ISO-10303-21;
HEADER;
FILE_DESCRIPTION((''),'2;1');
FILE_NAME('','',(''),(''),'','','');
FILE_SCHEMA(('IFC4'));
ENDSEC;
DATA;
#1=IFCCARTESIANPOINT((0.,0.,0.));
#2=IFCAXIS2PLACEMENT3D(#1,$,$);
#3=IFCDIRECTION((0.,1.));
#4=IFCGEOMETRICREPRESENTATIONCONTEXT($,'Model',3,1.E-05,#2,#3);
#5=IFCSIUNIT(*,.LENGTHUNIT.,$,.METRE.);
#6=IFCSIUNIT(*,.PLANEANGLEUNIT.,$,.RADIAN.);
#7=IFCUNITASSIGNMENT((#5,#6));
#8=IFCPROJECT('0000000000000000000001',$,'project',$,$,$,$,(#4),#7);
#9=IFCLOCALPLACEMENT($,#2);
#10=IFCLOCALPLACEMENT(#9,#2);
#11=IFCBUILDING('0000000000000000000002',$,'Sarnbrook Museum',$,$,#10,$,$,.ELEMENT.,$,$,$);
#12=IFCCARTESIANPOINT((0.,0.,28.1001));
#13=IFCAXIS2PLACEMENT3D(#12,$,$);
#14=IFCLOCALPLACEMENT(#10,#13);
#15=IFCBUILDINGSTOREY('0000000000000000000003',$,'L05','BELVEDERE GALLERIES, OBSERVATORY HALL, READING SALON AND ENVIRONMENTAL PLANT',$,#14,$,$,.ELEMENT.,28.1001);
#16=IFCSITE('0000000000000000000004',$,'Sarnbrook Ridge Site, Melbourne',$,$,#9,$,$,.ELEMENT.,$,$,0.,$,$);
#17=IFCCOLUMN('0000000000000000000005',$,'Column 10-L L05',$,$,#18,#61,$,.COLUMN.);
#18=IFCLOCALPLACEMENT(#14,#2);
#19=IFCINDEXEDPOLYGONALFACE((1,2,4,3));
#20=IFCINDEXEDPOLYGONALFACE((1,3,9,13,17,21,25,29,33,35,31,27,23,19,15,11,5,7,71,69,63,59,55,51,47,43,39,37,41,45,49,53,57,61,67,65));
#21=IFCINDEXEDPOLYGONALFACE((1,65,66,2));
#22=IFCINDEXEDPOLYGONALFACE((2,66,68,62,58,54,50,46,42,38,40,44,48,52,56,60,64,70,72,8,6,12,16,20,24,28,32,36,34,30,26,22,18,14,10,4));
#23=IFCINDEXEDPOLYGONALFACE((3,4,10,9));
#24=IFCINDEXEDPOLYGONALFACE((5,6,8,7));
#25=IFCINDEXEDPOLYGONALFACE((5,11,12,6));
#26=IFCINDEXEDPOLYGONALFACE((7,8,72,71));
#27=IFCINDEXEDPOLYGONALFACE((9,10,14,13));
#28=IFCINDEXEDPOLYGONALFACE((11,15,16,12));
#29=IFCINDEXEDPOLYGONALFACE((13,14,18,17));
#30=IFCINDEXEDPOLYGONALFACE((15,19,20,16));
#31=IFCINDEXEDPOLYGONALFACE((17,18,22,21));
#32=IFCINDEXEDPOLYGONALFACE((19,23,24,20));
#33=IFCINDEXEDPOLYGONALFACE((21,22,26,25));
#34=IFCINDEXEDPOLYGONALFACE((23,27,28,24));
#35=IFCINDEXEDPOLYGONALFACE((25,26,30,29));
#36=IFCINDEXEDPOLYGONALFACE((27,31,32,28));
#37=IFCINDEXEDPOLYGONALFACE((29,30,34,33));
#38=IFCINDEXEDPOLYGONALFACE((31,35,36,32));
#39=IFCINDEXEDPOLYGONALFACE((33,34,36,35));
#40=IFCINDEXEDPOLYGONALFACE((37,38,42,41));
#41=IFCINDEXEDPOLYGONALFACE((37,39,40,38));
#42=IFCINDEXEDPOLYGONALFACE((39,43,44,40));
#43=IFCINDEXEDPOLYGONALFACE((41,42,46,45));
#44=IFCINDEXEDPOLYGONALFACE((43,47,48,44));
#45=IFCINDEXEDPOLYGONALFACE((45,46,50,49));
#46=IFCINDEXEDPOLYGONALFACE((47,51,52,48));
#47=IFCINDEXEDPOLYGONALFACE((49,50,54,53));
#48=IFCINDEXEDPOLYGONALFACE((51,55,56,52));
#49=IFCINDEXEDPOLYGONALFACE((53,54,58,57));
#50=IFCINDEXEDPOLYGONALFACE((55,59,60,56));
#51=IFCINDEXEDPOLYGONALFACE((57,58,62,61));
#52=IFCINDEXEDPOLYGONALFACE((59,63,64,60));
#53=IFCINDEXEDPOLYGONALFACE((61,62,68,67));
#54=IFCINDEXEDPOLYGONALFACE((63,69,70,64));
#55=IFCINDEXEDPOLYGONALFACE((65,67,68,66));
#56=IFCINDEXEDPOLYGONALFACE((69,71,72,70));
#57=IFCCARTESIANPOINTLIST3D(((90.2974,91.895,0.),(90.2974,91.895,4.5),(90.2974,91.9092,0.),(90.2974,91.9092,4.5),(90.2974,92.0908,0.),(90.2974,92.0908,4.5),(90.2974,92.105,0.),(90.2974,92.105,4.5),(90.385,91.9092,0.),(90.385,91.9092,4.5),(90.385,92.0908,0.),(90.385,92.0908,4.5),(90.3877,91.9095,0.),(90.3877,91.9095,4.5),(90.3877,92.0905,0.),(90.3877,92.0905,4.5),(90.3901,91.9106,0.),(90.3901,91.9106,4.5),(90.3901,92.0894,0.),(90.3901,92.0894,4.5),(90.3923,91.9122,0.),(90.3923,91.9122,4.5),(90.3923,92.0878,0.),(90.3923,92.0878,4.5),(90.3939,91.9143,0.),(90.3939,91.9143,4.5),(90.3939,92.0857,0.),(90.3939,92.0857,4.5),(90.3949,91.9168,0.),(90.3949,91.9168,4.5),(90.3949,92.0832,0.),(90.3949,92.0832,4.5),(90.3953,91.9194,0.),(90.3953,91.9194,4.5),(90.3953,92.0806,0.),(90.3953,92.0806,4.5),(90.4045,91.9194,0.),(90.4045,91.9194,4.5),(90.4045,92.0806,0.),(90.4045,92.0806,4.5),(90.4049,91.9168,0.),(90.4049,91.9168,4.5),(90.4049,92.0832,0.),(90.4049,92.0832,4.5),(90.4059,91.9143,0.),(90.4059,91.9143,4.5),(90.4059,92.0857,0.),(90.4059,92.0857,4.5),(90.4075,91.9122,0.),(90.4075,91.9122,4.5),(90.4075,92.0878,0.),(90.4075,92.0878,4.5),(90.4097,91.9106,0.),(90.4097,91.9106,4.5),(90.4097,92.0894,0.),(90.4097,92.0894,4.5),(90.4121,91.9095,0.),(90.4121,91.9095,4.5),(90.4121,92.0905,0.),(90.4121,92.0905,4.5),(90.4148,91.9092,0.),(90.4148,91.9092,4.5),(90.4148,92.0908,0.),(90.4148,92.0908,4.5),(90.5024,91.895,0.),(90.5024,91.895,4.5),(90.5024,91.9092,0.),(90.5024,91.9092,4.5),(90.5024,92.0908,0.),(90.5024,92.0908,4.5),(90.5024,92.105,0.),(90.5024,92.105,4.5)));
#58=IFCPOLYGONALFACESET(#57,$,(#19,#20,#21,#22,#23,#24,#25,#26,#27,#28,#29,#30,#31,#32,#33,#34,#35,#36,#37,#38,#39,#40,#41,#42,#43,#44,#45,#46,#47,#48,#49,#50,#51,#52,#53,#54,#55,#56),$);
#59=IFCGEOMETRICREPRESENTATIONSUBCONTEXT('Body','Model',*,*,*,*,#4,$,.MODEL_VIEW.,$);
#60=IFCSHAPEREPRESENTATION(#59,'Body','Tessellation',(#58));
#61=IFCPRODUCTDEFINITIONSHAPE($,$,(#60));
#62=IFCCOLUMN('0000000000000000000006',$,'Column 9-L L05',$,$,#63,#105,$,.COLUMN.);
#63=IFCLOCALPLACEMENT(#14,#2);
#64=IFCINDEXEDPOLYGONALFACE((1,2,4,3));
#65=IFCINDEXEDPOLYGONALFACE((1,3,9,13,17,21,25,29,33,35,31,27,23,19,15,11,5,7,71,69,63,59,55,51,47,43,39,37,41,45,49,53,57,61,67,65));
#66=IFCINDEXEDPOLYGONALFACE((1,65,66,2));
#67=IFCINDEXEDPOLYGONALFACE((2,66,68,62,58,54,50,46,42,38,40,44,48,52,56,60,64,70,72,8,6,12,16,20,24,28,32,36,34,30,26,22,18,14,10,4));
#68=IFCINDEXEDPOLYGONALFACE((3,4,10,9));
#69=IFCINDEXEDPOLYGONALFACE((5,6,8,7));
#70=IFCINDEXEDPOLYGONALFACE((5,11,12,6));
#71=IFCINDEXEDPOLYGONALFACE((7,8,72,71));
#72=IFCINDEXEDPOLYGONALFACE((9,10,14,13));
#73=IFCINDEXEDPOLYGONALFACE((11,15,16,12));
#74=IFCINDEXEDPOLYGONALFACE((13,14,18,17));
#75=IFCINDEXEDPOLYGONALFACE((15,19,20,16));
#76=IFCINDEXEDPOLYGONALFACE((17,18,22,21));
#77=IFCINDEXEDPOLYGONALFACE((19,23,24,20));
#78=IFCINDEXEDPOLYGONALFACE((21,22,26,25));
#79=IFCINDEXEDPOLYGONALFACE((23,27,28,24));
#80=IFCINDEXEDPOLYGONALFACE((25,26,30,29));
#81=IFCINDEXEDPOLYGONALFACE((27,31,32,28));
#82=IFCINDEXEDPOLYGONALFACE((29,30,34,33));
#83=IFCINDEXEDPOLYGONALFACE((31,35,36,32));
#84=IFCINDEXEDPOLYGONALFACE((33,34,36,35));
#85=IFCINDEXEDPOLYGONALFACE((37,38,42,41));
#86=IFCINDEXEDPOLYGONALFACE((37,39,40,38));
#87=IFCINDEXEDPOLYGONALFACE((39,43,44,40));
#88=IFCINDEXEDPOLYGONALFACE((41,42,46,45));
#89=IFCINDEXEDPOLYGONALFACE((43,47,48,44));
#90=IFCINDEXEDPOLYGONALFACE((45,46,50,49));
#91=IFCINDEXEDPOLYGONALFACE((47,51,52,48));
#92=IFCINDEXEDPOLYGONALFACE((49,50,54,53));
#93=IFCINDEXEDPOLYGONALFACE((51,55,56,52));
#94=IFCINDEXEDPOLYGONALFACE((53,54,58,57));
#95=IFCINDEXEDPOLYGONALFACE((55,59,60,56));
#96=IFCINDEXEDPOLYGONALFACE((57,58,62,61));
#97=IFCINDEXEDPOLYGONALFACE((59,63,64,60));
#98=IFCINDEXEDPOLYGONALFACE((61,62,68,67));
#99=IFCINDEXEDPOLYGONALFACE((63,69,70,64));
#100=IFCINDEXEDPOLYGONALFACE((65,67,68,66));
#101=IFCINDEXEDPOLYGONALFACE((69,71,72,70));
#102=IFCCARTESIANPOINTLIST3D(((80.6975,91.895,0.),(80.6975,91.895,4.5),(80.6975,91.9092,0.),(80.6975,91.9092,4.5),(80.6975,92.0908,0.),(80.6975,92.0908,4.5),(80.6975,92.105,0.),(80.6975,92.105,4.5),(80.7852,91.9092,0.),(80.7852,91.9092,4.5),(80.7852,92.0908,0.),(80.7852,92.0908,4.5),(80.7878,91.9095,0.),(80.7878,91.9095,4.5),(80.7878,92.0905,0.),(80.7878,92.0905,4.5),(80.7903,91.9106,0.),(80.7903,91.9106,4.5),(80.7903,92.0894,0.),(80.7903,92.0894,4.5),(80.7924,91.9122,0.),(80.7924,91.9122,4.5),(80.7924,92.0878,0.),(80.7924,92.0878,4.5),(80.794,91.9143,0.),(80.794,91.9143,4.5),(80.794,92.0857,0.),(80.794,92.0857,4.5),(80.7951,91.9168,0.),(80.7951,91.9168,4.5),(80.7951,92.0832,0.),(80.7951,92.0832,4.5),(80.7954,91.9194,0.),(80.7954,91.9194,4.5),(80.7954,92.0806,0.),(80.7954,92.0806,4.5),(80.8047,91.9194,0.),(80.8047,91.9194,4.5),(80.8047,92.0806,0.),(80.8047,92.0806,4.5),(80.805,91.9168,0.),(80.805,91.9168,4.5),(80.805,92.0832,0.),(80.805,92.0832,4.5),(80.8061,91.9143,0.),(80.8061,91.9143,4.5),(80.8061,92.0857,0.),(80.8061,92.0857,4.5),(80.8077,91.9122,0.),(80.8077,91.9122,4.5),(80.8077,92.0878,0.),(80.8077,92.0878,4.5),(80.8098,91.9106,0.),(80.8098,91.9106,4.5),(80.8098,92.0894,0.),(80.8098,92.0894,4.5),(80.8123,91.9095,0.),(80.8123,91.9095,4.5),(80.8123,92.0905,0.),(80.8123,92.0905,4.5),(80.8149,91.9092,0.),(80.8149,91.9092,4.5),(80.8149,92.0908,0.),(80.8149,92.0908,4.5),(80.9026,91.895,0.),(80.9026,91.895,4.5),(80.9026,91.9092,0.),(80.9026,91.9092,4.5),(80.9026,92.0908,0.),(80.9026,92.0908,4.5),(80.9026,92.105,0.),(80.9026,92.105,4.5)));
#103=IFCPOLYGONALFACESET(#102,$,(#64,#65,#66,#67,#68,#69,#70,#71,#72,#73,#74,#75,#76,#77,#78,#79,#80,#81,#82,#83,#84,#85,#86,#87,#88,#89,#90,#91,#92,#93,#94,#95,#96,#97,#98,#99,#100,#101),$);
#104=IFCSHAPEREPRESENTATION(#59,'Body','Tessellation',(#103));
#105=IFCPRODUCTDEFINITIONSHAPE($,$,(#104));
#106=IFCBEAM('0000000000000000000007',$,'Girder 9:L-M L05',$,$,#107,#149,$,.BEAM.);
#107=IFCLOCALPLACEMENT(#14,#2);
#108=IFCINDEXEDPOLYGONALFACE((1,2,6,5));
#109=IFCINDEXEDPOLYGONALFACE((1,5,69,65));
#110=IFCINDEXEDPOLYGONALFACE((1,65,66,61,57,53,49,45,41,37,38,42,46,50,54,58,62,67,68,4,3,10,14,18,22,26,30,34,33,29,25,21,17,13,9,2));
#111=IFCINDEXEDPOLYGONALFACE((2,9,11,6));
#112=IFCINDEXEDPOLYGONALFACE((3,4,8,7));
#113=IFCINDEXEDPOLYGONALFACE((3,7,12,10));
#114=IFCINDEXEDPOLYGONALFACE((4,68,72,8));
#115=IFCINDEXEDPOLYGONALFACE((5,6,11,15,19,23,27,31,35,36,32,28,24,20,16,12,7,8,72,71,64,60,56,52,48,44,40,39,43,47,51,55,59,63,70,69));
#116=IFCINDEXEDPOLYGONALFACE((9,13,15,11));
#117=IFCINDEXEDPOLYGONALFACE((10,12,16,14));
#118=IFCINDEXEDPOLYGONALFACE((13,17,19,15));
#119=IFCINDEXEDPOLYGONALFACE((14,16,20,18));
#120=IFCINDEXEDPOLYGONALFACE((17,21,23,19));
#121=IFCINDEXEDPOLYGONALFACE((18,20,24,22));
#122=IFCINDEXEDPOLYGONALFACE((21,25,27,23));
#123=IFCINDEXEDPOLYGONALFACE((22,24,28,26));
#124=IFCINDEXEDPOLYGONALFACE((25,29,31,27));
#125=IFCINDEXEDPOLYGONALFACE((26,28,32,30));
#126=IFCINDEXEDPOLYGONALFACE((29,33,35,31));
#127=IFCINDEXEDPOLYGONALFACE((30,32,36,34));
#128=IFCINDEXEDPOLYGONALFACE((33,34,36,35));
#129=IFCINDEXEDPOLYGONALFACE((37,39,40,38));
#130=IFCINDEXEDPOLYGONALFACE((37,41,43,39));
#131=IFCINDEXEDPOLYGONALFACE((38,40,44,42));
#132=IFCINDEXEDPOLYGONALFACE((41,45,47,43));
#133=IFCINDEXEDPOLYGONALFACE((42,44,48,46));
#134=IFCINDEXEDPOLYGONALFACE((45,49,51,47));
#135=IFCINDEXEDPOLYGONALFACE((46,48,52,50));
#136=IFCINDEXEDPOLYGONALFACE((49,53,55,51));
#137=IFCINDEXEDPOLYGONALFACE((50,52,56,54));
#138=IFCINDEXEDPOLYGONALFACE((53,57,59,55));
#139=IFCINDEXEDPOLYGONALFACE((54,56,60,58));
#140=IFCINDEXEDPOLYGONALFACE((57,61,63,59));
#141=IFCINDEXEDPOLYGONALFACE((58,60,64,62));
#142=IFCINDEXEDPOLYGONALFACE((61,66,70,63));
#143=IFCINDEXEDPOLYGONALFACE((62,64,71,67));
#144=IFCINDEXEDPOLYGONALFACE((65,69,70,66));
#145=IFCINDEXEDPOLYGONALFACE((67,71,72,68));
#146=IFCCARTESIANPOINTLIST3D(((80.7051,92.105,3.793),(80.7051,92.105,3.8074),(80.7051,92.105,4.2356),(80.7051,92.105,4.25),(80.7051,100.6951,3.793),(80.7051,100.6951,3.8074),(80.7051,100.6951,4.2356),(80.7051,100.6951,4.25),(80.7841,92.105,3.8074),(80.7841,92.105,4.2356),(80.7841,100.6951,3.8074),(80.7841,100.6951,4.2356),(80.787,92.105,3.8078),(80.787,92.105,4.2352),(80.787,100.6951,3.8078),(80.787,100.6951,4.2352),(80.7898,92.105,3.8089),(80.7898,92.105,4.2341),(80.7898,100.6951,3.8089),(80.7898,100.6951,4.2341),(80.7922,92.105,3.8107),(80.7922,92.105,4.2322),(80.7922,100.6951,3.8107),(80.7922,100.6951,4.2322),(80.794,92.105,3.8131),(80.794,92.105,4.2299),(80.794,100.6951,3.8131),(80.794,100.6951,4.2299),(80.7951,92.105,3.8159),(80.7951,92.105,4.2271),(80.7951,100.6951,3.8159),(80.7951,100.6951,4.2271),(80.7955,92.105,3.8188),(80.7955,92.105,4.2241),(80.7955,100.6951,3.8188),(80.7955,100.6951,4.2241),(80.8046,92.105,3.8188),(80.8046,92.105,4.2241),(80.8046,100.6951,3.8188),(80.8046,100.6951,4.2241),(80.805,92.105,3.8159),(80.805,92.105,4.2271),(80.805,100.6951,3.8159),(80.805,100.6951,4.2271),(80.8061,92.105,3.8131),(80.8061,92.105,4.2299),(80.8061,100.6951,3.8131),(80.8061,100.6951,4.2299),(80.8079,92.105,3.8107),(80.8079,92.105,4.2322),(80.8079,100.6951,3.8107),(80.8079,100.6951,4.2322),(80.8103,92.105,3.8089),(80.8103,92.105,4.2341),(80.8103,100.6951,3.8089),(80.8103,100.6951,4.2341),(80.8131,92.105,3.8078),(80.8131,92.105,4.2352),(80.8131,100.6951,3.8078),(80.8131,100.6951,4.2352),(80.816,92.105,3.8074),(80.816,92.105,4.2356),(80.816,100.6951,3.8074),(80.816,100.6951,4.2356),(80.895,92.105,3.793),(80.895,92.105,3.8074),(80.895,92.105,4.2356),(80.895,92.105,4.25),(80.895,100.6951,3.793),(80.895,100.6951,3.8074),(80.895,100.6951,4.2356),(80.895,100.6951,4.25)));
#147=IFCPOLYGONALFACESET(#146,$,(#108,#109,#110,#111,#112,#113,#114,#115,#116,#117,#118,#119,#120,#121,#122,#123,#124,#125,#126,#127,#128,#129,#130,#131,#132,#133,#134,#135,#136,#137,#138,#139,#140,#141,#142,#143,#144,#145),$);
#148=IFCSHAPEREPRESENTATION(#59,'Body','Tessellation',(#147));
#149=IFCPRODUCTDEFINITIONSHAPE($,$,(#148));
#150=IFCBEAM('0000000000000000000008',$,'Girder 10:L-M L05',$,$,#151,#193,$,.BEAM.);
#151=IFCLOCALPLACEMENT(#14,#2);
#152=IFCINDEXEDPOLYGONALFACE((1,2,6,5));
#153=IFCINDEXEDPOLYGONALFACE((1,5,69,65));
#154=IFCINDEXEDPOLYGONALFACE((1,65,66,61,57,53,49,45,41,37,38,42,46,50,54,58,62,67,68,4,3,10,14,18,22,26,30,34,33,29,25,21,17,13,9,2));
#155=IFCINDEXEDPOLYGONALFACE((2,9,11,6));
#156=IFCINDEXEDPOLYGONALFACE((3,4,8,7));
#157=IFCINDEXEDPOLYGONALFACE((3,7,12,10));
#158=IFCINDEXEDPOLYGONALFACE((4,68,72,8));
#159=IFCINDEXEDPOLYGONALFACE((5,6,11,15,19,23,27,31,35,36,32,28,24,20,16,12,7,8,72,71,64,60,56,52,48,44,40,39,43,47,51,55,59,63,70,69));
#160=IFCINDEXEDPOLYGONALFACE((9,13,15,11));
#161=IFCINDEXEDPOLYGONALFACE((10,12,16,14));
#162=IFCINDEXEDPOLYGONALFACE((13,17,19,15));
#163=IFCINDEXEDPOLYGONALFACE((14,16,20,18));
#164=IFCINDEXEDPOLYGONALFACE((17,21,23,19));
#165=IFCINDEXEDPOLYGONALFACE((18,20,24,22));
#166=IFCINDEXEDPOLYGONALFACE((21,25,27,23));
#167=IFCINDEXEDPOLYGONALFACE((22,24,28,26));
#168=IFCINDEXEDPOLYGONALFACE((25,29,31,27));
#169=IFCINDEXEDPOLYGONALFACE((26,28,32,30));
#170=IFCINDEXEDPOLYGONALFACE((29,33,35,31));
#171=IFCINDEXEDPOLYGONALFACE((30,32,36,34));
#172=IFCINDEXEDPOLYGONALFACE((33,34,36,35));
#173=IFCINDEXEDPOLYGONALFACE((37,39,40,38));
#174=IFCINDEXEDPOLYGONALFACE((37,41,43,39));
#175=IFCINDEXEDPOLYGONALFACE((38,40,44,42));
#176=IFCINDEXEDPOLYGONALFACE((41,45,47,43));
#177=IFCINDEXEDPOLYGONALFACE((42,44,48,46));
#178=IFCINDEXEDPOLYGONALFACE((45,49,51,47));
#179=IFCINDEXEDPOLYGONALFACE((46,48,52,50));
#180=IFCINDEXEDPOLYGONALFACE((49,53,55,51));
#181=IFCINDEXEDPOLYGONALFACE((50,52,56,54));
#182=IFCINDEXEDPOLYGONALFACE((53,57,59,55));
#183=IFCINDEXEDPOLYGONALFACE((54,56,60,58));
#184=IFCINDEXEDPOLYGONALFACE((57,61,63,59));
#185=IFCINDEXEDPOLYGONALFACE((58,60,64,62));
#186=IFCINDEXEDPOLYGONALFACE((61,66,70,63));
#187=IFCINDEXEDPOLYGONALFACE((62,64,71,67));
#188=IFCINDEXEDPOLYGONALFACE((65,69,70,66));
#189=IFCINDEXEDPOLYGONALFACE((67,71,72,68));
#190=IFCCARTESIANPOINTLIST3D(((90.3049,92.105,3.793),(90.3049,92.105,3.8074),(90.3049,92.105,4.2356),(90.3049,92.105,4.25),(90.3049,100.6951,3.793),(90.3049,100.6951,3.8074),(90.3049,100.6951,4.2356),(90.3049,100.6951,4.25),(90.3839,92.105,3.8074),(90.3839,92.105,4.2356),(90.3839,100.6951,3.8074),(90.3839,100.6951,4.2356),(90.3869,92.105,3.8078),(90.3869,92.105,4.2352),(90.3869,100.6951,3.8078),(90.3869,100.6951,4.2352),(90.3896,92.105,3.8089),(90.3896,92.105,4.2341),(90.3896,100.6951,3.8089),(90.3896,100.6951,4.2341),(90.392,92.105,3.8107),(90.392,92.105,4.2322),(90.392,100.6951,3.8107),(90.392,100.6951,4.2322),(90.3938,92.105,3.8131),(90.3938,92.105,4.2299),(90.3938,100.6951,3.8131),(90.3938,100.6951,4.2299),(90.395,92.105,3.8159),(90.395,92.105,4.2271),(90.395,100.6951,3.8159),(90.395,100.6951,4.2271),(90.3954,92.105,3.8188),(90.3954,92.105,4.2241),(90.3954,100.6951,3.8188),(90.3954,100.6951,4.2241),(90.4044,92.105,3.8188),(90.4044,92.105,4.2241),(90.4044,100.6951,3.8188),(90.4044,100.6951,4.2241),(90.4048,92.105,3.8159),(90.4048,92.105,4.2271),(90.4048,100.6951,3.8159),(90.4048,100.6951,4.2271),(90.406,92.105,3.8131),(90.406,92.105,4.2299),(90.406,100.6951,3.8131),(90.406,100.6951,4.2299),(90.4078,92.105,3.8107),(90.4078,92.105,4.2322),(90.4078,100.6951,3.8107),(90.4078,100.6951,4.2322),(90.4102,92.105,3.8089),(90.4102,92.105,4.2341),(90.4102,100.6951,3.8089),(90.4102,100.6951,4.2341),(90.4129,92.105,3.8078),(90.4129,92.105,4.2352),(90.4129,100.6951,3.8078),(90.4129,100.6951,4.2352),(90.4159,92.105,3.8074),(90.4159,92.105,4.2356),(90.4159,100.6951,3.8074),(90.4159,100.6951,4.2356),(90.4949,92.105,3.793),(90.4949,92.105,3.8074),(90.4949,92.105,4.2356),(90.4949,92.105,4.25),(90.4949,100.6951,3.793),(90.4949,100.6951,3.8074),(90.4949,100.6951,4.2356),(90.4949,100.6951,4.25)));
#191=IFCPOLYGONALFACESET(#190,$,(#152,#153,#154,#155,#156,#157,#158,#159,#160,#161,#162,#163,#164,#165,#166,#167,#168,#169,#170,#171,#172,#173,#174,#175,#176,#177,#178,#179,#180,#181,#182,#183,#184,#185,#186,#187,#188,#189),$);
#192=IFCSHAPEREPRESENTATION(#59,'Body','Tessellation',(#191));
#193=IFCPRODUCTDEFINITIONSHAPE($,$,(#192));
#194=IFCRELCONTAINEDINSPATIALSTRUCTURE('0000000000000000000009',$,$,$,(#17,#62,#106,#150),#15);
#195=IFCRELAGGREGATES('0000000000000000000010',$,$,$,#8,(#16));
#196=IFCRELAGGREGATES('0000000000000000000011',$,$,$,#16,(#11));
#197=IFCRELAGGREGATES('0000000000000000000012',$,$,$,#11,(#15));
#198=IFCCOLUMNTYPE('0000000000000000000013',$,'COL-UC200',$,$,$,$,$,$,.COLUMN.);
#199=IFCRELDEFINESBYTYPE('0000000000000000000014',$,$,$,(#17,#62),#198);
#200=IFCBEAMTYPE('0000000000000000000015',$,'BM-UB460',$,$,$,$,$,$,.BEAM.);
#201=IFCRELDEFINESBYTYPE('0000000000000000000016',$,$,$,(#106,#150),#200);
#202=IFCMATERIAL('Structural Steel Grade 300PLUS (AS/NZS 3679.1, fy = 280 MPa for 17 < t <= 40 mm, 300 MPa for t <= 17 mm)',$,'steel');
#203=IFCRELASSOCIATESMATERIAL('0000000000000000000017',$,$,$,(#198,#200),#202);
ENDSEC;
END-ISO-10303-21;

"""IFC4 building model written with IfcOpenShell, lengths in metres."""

from ifc_helpers import new_model, si_unit, direction, frame, origin, origin_2d, place, context, subcontext, project, spatial, i_section, extrude, material, material_profile, profile_set, type_object, element, save


model = new_model("IFC4")

# Units and contexts
model_context = context("Model", 3, precision=1e-05, world=origin(), true_north=direction((0.0, 1.0)))
body_context = subcontext(model_context, "Body", "Model", "MODEL_VIEW")
ifc_project = project(units=[si_unit("LENGTHUNIT", "METRE"), si_unit("PLANEANGLEUNIT", "RADIAN")], contexts=[model_context])

# Site, building, storey
site_placement = place(None, origin())
site = spatial("IfcSite", under=ifc_project, at=site_placement, Name="Sarnbrook Ridge Site, Melbourne", CompositionType="ELEMENT", RefElevation=0.0)
building_placement = place(site_placement, origin())
building = spatial("IfcBuilding", under=site, at=building_placement, Name="Sarnbrook Museum", CompositionType="ELEMENT")
storey_placement = place(building_placement, frame((0.0, 0.0, 28.1001)))
storey = spatial("IfcBuildingStorey", under=building, at=storey_placement, Name="L05", Description="BELVEDERE GALLERIES, OBSERVATORY HALL, READING SALON AND ENVIRONMENTAL PLANT", CompositionType="ELEMENT", Elevation=28.1001)

# Columns
ifc_material_1 = material(Name="Structural Steel Grade 300PLUS (AS/NZS 3679.1, fy = 280 MPa for 17 < t <= 40 mm, 300 MPa for t <= 17 mm)", Category="steel")
ifc_material_profile_1 = material_profile(ifc_material_1, i_section(OverallWidth=0.2051, OverallDepth=0.21, WebThickness=0.0093, FlangeThickness=0.0142, FilletRadius=0.0103, at=origin_2d()), Name="200UC59.5")
ifc_profile_set_1 = profile_set([ifc_material_profile_1], Name="Structural Steel Grade 300PLUS (AS/NZS 3679.1, fy = 280 MPa for 17 < t <= 40 mm, 300 MPa for t <= 17 mm)")
column_type = type_object("IfcColumnType", Name="COL-UC200", PredefinedType="COLUMN", material=ifc_profile_set_1)
for number, where, z_axis, x_axis, name in (
    (1, (90.3999, 92.0, 0.0), (0.0, 0.0, 1.0), (1.0, 0.0, 0.0), "Column 10-L L05"),
    (2, (80.8, 92.0, 0.0), (0.0, 0.0, 1.0), (1.0, 0.0, 0.0), "Column 9-L L05"),
):
    element("IfcColumn", number, at=place(storey_placement, frame(where, z_axis=z_axis, x_axis=x_axis)), inside=storey, type_object=column_type, Name=name, PredefinedType="COLUMN", context=body_context, shape_type="SweptSolid", body=[
        extrude(i_section(OverallWidth=0.2051, OverallDepth=0.21, WebThickness=0.0093, FlangeThickness=0.0142, FilletRadius=0.0103, at=origin_2d()), origin(), (0.0, 0.0, 1.0), 4.5),
    ])

# Beams
ifc_material_profile_2 = material_profile(ifc_material_1, i_section(OverallWidth=0.1899, OverallDepth=0.457, WebThickness=0.009, FlangeThickness=0.0144, FilletRadius=0.0115, at=origin_2d()), Name="460UB74.6")
ifc_profile_set_2 = profile_set([ifc_material_profile_2], Name="Structural Steel Grade 300PLUS (AS/NZS 3679.1, fy = 280 MPa for 17 < t <= 40 mm, 300 MPa for t <= 17 mm)")
beam_type_1 = type_object("IfcBeamType", Name="BM-UB460", PredefinedType="BEAM", material=ifc_profile_set_2)
for number, where, z_axis, x_axis, name in (
    (3, (80.8, 92.105, 4.0215), (0.0, 1.0, 0.0), (-1.0, 0.0, 0.0), "Girder 9:L-M L05"),
    (4, (90.3999, 92.105, 4.0215), (0.0, 1.0, 0.0), (-1.0, 0.0, 0.0), "Girder 10:L-M L05"),
):
    element("IfcBeam", number, at=place(storey_placement, frame(where, z_axis=z_axis, x_axis=x_axis)), inside=storey, type_object=beam_type_1, Name=name, PredefinedType="BEAM", context=body_context, shape_type="SweptSolid", body=[
        extrude(i_section(OverallWidth=0.1899, OverallDepth=0.457, WebThickness=0.009, FlangeThickness=0.0144, FilletRadius=0.0115, at=origin_2d()), origin(), (0.0, 0.0, 1.0), 8.5901),
    ])

save(model, "model.ifc")
